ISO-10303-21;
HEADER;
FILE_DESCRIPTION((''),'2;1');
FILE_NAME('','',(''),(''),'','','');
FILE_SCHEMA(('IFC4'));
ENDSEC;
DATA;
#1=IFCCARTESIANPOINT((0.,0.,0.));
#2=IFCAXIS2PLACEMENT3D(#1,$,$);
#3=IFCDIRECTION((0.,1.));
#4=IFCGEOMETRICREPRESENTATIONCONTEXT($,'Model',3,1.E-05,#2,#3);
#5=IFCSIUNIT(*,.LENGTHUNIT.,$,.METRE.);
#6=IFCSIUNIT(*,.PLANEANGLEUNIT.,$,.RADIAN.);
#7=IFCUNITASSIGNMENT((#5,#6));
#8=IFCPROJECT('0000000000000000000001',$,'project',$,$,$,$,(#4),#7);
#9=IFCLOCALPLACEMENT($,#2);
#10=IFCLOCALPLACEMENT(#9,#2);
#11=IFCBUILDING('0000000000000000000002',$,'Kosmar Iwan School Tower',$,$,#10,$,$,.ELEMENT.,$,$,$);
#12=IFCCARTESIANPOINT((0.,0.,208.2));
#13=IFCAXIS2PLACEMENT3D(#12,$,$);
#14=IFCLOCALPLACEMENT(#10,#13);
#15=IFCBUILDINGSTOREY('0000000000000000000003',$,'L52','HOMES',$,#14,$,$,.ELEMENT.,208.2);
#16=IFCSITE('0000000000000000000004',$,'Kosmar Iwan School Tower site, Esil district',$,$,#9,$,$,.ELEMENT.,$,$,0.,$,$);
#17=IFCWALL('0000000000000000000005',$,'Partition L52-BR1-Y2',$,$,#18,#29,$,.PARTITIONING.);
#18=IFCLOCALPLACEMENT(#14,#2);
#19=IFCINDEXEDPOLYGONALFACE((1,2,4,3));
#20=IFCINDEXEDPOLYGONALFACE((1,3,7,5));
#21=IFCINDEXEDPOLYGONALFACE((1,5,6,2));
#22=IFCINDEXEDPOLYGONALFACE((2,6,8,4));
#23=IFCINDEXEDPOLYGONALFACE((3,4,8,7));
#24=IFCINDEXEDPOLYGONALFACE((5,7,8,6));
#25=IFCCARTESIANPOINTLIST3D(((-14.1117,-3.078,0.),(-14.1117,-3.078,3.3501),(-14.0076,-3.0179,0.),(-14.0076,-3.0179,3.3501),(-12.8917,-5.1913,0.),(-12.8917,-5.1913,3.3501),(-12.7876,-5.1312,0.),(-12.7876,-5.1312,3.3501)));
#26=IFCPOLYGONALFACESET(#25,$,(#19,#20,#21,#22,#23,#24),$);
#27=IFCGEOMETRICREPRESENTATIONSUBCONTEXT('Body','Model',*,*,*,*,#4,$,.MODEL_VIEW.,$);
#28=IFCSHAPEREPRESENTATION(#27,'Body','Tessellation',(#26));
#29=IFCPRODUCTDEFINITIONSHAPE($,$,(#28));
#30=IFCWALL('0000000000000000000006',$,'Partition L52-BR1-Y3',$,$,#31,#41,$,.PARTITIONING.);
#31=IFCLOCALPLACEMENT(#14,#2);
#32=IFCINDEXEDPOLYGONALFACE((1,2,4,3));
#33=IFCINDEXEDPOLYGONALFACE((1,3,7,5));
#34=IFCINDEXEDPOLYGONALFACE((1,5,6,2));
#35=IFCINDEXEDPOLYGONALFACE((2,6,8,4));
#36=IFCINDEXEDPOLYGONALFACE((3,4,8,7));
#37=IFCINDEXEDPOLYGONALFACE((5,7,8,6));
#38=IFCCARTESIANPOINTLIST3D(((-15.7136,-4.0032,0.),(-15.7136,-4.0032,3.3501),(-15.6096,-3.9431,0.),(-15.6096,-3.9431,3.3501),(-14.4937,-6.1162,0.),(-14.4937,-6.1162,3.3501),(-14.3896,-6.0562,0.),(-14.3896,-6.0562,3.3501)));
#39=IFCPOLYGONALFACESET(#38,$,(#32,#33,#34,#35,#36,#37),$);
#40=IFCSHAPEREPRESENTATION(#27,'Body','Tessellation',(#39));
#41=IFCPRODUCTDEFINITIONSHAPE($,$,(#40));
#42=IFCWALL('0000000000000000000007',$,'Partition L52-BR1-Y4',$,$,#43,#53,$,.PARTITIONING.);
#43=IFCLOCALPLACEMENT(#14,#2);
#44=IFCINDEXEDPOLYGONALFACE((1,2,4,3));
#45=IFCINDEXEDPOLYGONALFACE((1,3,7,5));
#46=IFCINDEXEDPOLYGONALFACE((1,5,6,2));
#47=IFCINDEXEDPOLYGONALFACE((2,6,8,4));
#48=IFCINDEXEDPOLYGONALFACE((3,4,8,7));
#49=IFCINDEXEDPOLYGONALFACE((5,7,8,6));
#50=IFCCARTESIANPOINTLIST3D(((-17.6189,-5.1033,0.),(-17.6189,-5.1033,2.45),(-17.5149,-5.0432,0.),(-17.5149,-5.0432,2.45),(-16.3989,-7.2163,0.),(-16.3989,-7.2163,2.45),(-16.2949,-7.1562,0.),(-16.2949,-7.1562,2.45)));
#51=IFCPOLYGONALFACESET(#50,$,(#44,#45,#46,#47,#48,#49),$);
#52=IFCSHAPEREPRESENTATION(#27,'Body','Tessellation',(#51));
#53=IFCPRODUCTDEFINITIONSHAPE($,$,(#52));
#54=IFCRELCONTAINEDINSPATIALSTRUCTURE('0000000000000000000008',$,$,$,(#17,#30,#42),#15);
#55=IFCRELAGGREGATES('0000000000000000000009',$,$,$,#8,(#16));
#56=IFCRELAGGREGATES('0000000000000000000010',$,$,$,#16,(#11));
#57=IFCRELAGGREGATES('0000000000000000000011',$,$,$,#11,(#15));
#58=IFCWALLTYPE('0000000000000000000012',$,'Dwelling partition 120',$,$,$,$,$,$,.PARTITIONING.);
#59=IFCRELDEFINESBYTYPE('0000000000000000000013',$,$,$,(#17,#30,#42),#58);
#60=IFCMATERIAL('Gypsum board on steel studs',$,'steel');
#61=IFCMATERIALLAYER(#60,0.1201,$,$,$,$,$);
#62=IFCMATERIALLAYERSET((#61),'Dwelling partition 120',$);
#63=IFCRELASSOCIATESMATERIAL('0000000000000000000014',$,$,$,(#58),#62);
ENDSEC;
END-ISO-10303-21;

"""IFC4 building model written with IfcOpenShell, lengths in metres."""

from ifc_helpers import new_model, si_unit, direction, frame, frame_2d, origin, place, context, subcontext, project, spatial, rectangle, extrude, material, layer, layer_set, type_object, element, save


model = new_model("IFC4")

# Units and contexts
model_context = context("Model", 3, precision=1e-05, world=origin(), true_north=direction((0.0, 1.0)))
body_context = subcontext(model_context, "Body", "Model", "MODEL_VIEW")
ifc_project = project(units=[si_unit("LENGTHUNIT", "METRE"), si_unit("PLANEANGLEUNIT", "RADIAN")], contexts=[model_context])

# Site, building, storey
site_placement = place(None, origin())
site = spatial("IfcSite", under=ifc_project, at=site_placement, Name="Kosmar Iwan School Tower site, Esil district", CompositionType="ELEMENT", RefElevation=0.0)
building_placement = place(site_placement, origin())
building = spatial("IfcBuilding", under=site, at=building_placement, Name="Kosmar Iwan School Tower", CompositionType="ELEMENT")
storey_placement = place(building_placement, frame((0.0, 0.0, 208.2)))
storey = spatial("IfcBuildingStorey", under=building, at=storey_placement, Name="L52", Description="HOMES", CompositionType="ELEMENT", Elevation=208.2)

# Shared definitions
ifc_material_1 = material(Name="Gypsum board on steel studs", Category="steel")
ifc_layer_1 = layer(ifc_material_1, 0.1201)
ifc_layer_set_1 = layer_set([ifc_layer_1], Name="Dwelling partition 120")
wall_type_1 = type_object("IfcWallType", Name="Dwelling partition 120", PredefinedType="PARTITIONING", material=ifc_layer_set_1)

# Walls
wall_1_placement = place(storey_placement, frame((-12.8396, -5.1614, 0.0), z_axis=(0.0, 0.0, 1.0), x_axis=(-0.499959, 0.866049, 0.0)))
element("IfcWall", 1, at=wall_1_placement, inside=storey, type_object=wall_type_1, Name="Partition L52-BR1-Y2", PredefinedType="PARTITIONING", context=body_context, shape_type="SweptSolid", body=[
    extrude(rectangle(XDim=2.4402, YDim=0.1201, at=frame_2d((1.2202, 0.0))), origin(), (0.0, 0.0, 1.0), 3.3501),
])
wall_2_placement = place(storey_placement, frame((-14.4417, -6.0862, 0.0), z_axis=(0.0, 0.0, 1.0), x_axis=(-0.500003, 0.866024, 0.0)))
element("IfcWall", 2, at=wall_2_placement, inside=storey, type_object=wall_type_1, Name="Partition L52-BR1-Y3", PredefinedType="PARTITIONING", context=body_context, shape_type="SweptSolid", body=[
    extrude(rectangle(XDim=2.4399, YDim=0.1201, at=frame_2d((1.22, 0.0))), origin(), (0.0, 0.0, 1.0), 3.3501),
])
wall_3_placement = place(storey_placement, frame((-16.3469, -7.1863, 0.0), z_axis=(0.0, 0.0, 1.0), x_axis=(-0.500003, 0.866024, 0.0)))
element("IfcWall", 3, at=wall_3_placement, inside=storey, type_object=wall_type_1, Name="Partition L52-BR1-Y4", PredefinedType="PARTITIONING", context=body_context, shape_type="SweptSolid", body=[
    extrude(rectangle(XDim=2.4399, YDim=0.1201, at=frame_2d((1.22, 0.0))), origin(), (0.0, 0.0, 1.0), 2.45),
])

save(model, "model.ifc")
